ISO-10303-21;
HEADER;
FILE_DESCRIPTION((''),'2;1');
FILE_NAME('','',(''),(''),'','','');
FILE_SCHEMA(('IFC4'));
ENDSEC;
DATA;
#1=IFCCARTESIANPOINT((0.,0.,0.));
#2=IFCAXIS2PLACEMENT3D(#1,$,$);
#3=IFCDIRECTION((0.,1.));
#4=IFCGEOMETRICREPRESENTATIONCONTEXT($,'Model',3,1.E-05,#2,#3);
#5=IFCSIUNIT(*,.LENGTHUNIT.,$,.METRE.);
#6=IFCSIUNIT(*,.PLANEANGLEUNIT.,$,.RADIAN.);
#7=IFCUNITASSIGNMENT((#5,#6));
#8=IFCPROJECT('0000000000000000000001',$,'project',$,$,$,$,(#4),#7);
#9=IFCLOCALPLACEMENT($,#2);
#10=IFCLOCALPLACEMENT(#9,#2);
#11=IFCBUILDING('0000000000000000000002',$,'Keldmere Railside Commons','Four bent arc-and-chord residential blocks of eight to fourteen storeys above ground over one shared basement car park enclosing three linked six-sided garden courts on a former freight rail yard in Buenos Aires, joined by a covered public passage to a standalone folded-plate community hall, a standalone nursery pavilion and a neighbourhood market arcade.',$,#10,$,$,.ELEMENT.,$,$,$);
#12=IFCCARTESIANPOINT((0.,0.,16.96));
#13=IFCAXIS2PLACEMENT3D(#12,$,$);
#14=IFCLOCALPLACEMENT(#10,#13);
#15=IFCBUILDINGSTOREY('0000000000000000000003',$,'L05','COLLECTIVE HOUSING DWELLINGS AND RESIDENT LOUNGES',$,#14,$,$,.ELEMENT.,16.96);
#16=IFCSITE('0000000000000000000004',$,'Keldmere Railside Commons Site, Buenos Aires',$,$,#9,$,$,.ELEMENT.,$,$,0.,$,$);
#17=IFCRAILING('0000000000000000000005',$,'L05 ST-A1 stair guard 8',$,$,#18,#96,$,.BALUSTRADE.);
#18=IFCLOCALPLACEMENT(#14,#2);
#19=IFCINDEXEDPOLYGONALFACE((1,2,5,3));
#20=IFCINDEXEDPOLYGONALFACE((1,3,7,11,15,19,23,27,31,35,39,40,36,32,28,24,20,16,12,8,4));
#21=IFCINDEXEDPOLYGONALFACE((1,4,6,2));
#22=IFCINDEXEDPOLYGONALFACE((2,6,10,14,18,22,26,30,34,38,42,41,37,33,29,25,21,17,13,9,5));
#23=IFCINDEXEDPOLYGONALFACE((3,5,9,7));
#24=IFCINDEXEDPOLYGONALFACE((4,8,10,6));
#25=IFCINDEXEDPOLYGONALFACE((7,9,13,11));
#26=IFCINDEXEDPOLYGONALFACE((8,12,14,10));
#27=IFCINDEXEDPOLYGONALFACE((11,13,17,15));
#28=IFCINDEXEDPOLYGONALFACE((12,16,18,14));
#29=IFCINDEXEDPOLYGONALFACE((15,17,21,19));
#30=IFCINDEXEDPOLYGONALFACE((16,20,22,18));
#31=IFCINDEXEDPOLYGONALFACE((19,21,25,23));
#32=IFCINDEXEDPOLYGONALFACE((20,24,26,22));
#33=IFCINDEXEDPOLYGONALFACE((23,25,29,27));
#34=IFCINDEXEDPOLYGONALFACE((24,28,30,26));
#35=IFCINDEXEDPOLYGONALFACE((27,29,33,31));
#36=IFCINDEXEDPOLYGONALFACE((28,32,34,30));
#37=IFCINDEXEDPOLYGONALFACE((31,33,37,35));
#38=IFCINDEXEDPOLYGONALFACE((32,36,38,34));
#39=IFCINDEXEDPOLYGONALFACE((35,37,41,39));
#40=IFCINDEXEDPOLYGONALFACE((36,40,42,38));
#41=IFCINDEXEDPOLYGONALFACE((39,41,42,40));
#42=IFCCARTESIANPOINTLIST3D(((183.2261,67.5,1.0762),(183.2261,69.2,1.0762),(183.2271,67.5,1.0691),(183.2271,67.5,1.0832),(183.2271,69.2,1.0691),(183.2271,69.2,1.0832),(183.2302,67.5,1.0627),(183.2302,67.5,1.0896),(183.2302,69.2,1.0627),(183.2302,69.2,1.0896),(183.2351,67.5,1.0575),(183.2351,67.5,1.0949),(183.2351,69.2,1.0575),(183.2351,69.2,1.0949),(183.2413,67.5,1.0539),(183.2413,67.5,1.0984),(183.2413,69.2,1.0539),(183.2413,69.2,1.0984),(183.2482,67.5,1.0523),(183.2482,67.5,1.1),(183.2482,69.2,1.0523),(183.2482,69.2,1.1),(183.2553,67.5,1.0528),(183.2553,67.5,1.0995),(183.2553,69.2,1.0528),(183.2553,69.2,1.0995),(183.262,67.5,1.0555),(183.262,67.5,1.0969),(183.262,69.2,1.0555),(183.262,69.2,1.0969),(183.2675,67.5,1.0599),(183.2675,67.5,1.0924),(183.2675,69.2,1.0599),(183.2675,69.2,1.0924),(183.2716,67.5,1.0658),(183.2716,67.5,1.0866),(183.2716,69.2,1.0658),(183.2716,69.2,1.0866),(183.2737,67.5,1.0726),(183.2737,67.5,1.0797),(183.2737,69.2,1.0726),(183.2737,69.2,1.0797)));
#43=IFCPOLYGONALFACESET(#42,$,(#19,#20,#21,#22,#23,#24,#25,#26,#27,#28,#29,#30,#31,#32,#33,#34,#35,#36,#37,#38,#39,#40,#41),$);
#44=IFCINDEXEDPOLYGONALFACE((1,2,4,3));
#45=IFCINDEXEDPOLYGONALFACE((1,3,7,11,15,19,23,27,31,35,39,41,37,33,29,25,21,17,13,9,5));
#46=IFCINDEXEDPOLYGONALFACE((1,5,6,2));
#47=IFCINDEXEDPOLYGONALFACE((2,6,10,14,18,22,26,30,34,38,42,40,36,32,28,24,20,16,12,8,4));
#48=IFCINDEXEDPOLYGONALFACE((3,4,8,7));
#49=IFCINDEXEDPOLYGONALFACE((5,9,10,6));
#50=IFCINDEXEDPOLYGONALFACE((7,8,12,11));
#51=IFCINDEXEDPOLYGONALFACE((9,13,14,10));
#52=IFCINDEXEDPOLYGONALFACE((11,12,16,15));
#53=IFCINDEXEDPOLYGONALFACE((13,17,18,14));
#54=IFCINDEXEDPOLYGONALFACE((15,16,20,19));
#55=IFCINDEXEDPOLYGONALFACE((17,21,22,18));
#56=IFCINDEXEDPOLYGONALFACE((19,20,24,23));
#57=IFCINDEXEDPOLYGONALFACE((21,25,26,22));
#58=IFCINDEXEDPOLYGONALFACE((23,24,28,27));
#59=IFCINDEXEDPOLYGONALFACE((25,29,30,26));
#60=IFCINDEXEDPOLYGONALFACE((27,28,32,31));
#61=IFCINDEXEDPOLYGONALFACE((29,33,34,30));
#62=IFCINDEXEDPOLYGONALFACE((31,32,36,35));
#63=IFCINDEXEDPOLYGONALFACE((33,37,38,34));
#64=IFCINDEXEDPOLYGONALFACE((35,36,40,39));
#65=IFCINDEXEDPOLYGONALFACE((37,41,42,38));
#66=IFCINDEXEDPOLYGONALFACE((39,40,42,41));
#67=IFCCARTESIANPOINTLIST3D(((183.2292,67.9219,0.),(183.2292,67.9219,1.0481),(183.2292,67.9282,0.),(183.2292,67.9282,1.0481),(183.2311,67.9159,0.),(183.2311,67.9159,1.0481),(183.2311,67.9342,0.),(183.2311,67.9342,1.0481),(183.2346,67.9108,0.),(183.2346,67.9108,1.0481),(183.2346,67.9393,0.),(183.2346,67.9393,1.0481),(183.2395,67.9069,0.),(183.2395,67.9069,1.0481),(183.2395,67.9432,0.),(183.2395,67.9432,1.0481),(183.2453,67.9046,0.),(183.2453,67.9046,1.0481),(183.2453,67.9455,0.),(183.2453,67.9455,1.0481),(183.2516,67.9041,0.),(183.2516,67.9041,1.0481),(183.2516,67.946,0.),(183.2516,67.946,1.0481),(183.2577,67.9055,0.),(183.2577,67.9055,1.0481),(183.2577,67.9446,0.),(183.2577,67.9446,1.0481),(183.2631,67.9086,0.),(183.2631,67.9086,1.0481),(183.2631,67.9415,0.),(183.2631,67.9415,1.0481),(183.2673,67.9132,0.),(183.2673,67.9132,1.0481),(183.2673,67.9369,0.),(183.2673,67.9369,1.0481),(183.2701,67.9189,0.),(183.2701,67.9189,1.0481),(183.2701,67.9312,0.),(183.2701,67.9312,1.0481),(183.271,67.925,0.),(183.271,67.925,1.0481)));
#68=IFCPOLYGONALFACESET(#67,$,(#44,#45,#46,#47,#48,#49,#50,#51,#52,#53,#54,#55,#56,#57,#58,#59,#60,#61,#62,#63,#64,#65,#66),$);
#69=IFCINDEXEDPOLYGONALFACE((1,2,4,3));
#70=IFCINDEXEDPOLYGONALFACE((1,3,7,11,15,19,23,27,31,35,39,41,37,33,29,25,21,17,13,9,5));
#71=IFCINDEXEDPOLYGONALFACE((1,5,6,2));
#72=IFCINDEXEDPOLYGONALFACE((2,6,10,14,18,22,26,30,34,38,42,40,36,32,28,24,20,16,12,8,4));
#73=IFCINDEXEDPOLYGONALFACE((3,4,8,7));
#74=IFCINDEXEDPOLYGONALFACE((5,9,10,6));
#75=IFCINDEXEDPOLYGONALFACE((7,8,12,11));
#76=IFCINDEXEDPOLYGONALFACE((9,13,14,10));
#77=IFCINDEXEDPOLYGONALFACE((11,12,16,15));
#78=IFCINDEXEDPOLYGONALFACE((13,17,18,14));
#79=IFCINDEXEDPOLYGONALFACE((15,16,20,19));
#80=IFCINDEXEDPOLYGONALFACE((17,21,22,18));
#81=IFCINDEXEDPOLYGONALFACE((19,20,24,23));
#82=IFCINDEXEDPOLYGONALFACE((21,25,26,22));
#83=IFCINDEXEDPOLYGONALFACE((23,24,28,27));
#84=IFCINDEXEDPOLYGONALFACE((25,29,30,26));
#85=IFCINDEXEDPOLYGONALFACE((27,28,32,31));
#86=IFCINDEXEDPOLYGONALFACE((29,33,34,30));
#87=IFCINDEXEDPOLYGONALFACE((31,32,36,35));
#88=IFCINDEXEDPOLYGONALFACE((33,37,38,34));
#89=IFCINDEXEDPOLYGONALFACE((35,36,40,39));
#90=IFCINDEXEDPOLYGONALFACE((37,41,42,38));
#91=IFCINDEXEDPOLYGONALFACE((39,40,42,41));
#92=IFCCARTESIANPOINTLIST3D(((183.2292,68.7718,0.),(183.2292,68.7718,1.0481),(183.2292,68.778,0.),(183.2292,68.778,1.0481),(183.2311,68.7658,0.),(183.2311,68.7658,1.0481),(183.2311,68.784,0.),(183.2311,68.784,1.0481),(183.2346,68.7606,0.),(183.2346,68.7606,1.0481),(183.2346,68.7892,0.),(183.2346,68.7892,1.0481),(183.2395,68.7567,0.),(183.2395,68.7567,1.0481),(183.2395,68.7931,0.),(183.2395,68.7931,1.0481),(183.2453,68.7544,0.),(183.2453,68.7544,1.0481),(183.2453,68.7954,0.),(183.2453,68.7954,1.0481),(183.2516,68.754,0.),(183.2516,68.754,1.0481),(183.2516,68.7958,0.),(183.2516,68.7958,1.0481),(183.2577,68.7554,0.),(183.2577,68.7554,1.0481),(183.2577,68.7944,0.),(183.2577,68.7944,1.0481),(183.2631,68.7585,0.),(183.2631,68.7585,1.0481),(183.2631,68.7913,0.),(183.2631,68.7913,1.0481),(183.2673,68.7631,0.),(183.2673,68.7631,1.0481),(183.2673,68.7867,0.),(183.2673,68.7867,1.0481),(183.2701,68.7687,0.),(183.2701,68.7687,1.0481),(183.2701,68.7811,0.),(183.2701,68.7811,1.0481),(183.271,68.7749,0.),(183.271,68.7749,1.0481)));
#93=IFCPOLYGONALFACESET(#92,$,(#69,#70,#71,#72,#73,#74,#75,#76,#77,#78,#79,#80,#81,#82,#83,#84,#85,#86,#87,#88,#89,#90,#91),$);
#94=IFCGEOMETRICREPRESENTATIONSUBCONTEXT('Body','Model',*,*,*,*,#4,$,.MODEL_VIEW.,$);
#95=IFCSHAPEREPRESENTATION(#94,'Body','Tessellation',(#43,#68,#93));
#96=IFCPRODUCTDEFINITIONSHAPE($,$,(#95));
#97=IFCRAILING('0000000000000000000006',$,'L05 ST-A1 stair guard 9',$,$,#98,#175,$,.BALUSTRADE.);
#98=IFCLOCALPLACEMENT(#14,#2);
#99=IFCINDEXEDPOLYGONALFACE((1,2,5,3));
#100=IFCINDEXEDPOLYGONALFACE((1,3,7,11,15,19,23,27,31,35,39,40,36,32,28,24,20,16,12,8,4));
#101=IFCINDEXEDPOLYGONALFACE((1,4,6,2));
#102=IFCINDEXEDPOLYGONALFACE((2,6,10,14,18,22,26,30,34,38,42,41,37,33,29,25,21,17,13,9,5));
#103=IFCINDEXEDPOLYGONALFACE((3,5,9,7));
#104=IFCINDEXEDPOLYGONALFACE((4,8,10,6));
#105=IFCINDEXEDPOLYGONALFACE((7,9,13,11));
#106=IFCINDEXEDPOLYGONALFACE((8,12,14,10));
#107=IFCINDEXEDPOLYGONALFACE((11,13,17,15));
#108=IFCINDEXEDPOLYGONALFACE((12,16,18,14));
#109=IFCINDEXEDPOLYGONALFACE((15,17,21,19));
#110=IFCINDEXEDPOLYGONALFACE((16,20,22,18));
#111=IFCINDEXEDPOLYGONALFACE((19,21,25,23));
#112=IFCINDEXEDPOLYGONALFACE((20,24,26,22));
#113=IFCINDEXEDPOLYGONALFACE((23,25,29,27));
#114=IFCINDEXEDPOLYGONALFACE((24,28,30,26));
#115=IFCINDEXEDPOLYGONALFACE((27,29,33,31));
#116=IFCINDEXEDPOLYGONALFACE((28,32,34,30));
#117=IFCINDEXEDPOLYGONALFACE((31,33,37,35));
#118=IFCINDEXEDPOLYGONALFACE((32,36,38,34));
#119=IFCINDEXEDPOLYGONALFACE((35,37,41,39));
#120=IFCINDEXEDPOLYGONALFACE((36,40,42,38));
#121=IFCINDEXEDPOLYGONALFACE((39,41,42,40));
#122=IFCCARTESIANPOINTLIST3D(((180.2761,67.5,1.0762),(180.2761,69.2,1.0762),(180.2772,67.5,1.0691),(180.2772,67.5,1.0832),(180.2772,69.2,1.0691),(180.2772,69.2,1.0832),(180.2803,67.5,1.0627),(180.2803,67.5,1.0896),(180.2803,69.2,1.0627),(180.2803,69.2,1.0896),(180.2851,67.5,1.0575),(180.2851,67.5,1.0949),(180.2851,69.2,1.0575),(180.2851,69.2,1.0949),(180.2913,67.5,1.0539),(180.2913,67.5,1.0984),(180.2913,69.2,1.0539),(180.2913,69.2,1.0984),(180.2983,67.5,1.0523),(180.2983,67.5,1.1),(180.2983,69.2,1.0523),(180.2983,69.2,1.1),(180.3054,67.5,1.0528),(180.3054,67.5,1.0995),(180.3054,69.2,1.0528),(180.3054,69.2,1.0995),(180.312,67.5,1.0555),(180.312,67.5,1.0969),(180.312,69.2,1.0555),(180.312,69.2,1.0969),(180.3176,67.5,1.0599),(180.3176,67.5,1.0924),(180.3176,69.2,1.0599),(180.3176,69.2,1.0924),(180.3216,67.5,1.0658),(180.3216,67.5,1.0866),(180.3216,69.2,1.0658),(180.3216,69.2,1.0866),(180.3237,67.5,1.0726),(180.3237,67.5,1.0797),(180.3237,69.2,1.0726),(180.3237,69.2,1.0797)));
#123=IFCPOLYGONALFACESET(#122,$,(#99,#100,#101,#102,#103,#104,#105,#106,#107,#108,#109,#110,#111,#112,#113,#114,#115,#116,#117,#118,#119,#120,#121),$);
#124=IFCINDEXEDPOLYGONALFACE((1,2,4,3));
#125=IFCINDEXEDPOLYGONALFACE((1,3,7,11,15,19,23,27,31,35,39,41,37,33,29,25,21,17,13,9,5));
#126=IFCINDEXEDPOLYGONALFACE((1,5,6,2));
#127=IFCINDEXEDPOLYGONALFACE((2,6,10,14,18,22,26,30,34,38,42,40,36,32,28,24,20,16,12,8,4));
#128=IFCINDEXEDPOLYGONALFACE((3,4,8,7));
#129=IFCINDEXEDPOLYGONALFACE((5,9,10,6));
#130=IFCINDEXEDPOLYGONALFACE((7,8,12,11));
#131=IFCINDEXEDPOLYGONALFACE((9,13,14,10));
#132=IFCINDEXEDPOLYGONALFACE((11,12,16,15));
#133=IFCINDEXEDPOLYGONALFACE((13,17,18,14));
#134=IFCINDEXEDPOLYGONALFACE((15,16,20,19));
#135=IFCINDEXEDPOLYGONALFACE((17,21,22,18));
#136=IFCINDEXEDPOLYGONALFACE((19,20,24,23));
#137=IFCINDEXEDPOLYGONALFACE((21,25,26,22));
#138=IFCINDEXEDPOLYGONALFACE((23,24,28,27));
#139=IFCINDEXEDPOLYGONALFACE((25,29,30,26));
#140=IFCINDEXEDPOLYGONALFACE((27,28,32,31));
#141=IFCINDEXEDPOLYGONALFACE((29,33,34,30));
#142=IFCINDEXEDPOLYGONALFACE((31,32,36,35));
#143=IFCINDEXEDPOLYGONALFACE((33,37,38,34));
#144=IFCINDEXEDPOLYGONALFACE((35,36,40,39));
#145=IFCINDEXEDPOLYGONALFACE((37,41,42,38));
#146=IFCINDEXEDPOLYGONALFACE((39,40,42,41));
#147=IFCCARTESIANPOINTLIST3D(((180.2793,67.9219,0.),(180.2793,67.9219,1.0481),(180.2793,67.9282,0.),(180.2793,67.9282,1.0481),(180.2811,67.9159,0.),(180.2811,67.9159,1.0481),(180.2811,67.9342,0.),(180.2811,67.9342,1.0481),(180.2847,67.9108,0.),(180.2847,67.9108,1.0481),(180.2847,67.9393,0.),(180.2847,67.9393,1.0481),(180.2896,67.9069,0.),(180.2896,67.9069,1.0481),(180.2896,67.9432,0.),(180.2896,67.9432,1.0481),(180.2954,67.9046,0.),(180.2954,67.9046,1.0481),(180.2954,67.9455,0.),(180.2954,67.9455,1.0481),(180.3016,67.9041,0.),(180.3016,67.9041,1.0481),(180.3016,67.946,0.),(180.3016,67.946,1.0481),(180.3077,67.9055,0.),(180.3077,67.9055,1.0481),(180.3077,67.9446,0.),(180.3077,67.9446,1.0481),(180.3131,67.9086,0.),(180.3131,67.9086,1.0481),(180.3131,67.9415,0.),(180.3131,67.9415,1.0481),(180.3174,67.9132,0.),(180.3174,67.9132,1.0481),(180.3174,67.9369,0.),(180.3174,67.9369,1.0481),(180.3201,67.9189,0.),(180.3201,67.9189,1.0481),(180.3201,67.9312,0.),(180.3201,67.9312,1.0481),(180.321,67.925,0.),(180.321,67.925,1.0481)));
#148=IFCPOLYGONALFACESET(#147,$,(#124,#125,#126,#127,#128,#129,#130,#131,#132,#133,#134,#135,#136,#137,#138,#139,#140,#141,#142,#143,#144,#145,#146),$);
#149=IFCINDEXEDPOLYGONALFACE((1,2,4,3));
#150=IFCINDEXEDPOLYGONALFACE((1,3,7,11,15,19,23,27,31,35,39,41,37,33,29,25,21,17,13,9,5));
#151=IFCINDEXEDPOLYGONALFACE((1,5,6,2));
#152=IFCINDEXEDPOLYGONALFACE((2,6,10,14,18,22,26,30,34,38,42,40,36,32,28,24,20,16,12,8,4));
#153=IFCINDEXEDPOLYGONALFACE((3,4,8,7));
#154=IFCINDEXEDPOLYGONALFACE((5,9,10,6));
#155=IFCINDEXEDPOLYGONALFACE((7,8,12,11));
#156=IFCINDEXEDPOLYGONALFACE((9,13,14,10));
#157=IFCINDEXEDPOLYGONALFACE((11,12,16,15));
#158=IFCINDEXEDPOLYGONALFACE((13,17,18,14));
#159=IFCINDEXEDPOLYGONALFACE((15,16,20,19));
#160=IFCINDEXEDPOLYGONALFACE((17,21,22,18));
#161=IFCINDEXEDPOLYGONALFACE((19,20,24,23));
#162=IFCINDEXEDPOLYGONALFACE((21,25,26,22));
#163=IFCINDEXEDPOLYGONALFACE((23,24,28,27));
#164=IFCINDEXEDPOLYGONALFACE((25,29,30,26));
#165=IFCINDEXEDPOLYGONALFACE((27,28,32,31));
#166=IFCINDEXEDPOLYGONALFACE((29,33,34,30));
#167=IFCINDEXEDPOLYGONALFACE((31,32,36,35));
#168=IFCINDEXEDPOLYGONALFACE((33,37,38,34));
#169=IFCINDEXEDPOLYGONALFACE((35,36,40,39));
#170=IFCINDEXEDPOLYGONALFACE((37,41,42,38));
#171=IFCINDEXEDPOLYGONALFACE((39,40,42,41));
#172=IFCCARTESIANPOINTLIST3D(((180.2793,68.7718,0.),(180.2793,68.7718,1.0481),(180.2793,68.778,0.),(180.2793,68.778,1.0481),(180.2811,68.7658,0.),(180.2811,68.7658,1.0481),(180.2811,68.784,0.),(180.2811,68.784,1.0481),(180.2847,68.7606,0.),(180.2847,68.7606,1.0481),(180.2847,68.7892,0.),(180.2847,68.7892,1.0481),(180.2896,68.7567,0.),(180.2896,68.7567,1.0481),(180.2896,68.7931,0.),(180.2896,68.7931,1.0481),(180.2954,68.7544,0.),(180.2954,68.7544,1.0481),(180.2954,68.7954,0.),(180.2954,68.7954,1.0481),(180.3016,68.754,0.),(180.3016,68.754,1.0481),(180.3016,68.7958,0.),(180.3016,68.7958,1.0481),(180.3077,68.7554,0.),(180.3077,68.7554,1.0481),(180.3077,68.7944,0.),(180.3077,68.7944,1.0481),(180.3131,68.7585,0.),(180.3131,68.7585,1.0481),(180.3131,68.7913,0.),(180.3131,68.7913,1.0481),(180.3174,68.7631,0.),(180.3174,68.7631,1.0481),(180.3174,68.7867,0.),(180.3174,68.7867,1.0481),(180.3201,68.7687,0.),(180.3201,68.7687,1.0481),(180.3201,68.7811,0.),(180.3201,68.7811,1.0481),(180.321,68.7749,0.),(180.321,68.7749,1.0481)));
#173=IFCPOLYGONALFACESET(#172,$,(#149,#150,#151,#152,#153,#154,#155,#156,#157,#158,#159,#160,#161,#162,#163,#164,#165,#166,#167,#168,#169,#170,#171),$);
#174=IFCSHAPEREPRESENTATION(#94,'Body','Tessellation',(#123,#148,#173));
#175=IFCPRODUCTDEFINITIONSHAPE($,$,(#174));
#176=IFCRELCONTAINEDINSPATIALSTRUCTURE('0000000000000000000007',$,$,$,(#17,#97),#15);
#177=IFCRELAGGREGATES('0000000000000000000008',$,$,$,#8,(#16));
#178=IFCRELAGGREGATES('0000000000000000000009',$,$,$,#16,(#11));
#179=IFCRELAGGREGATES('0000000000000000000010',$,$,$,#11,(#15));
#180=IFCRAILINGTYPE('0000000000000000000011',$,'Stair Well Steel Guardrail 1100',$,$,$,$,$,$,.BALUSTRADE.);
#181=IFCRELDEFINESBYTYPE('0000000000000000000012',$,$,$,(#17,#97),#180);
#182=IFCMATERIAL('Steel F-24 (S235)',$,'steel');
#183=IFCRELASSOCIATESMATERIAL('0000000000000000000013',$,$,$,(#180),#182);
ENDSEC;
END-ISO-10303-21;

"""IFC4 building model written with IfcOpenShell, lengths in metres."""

from ifc_helpers import new_model, si_unit, direction, frame, origin, origin_2d, place, context, subcontext, project, spatial, circle, extrude, material, type_object, element, save


model = new_model("IFC4")

# Units and contexts
model_context = context("Model", 3, precision=1e-05, world=origin(), true_north=direction((0.0, 1.0)))
body_context = subcontext(model_context, "Body", "Model", "MODEL_VIEW")
ifc_project = project(units=[si_unit("LENGTHUNIT", "METRE"), si_unit("PLANEANGLEUNIT", "RADIAN")], contexts=[model_context])

# Site, building, storey
site_placement = place(None, origin())
site = spatial("IfcSite", under=ifc_project, at=site_placement, Name="Keldmere Railside Commons Site, Buenos Aires", CompositionType="ELEMENT", RefElevation=0.0)
building_placement = place(site_placement, origin())
building = spatial("IfcBuilding", under=site, at=building_placement, Name="Keldmere Railside Commons", Description="Four bent arc-and-chord residential blocks of eight to fourteen storeys above ground over one shared basement car park enclosing three linked six-sided garden courts on a former freight rail yard in Buenos Aires, joined by a covered public passage to a standalone folded-plate community hall, a standalone nursery pavilion and a neighbourhood market arcade.", CompositionType="ELEMENT")
storey_placement = place(building_placement, frame((0.0, 0.0, 16.96)))
storey = spatial("IfcBuildingStorey", under=building, at=storey_placement, Name="L05", Description="COLLECTIVE HOUSING DWELLINGS AND RESIDENT LOUNGES", CompositionType="ELEMENT", Elevation=16.96)

# Shared definitions
ifc_material_1 = material(Name="Steel F-24 (S235)", Category="steel")

# Railings
railing_type_1 = type_object("IfcRailingType", Name="Stair Well Steel Guardrail 1100", PredefinedType="BALUSTRADE", material=ifc_material_1)
for number, where, name in (
    (1, (183.25, 67.5, 0.0), "L05 ST-A1 stair guard 8"),
    (2, (180.3, 67.5, 0.0), "L05 ST-A1 stair guard 9"),
):
    element("IfcRailing", number, at=place(storey_placement, frame(where)), inside=storey, type_object=railing_type_1, Name=name, PredefinedType="BALUSTRADE", context=body_context, shape_type="SweptSolid", body=[
        extrude(circle(Radius=0.0239, at=origin_2d()), frame((0.0, 0.0, 1.0762), z_axis=(0.0, 1.0, 0.0), x_axis=(-1.0, 0.0, 0.0)), (0.0, 0.0, 1.0), 1.7),
        extrude(circle(Radius=0.021, at=origin_2d()), frame((0.0, 0.425, 0.0)), (0.0, 0.0, 1.0), 1.0481),
        extrude(circle(Radius=0.021, at=origin_2d()), frame((0.0, 1.2749, 0.0)), (0.0, 0.0, 1.0), 1.0481),
    ])

save(model, "model.ifc")
